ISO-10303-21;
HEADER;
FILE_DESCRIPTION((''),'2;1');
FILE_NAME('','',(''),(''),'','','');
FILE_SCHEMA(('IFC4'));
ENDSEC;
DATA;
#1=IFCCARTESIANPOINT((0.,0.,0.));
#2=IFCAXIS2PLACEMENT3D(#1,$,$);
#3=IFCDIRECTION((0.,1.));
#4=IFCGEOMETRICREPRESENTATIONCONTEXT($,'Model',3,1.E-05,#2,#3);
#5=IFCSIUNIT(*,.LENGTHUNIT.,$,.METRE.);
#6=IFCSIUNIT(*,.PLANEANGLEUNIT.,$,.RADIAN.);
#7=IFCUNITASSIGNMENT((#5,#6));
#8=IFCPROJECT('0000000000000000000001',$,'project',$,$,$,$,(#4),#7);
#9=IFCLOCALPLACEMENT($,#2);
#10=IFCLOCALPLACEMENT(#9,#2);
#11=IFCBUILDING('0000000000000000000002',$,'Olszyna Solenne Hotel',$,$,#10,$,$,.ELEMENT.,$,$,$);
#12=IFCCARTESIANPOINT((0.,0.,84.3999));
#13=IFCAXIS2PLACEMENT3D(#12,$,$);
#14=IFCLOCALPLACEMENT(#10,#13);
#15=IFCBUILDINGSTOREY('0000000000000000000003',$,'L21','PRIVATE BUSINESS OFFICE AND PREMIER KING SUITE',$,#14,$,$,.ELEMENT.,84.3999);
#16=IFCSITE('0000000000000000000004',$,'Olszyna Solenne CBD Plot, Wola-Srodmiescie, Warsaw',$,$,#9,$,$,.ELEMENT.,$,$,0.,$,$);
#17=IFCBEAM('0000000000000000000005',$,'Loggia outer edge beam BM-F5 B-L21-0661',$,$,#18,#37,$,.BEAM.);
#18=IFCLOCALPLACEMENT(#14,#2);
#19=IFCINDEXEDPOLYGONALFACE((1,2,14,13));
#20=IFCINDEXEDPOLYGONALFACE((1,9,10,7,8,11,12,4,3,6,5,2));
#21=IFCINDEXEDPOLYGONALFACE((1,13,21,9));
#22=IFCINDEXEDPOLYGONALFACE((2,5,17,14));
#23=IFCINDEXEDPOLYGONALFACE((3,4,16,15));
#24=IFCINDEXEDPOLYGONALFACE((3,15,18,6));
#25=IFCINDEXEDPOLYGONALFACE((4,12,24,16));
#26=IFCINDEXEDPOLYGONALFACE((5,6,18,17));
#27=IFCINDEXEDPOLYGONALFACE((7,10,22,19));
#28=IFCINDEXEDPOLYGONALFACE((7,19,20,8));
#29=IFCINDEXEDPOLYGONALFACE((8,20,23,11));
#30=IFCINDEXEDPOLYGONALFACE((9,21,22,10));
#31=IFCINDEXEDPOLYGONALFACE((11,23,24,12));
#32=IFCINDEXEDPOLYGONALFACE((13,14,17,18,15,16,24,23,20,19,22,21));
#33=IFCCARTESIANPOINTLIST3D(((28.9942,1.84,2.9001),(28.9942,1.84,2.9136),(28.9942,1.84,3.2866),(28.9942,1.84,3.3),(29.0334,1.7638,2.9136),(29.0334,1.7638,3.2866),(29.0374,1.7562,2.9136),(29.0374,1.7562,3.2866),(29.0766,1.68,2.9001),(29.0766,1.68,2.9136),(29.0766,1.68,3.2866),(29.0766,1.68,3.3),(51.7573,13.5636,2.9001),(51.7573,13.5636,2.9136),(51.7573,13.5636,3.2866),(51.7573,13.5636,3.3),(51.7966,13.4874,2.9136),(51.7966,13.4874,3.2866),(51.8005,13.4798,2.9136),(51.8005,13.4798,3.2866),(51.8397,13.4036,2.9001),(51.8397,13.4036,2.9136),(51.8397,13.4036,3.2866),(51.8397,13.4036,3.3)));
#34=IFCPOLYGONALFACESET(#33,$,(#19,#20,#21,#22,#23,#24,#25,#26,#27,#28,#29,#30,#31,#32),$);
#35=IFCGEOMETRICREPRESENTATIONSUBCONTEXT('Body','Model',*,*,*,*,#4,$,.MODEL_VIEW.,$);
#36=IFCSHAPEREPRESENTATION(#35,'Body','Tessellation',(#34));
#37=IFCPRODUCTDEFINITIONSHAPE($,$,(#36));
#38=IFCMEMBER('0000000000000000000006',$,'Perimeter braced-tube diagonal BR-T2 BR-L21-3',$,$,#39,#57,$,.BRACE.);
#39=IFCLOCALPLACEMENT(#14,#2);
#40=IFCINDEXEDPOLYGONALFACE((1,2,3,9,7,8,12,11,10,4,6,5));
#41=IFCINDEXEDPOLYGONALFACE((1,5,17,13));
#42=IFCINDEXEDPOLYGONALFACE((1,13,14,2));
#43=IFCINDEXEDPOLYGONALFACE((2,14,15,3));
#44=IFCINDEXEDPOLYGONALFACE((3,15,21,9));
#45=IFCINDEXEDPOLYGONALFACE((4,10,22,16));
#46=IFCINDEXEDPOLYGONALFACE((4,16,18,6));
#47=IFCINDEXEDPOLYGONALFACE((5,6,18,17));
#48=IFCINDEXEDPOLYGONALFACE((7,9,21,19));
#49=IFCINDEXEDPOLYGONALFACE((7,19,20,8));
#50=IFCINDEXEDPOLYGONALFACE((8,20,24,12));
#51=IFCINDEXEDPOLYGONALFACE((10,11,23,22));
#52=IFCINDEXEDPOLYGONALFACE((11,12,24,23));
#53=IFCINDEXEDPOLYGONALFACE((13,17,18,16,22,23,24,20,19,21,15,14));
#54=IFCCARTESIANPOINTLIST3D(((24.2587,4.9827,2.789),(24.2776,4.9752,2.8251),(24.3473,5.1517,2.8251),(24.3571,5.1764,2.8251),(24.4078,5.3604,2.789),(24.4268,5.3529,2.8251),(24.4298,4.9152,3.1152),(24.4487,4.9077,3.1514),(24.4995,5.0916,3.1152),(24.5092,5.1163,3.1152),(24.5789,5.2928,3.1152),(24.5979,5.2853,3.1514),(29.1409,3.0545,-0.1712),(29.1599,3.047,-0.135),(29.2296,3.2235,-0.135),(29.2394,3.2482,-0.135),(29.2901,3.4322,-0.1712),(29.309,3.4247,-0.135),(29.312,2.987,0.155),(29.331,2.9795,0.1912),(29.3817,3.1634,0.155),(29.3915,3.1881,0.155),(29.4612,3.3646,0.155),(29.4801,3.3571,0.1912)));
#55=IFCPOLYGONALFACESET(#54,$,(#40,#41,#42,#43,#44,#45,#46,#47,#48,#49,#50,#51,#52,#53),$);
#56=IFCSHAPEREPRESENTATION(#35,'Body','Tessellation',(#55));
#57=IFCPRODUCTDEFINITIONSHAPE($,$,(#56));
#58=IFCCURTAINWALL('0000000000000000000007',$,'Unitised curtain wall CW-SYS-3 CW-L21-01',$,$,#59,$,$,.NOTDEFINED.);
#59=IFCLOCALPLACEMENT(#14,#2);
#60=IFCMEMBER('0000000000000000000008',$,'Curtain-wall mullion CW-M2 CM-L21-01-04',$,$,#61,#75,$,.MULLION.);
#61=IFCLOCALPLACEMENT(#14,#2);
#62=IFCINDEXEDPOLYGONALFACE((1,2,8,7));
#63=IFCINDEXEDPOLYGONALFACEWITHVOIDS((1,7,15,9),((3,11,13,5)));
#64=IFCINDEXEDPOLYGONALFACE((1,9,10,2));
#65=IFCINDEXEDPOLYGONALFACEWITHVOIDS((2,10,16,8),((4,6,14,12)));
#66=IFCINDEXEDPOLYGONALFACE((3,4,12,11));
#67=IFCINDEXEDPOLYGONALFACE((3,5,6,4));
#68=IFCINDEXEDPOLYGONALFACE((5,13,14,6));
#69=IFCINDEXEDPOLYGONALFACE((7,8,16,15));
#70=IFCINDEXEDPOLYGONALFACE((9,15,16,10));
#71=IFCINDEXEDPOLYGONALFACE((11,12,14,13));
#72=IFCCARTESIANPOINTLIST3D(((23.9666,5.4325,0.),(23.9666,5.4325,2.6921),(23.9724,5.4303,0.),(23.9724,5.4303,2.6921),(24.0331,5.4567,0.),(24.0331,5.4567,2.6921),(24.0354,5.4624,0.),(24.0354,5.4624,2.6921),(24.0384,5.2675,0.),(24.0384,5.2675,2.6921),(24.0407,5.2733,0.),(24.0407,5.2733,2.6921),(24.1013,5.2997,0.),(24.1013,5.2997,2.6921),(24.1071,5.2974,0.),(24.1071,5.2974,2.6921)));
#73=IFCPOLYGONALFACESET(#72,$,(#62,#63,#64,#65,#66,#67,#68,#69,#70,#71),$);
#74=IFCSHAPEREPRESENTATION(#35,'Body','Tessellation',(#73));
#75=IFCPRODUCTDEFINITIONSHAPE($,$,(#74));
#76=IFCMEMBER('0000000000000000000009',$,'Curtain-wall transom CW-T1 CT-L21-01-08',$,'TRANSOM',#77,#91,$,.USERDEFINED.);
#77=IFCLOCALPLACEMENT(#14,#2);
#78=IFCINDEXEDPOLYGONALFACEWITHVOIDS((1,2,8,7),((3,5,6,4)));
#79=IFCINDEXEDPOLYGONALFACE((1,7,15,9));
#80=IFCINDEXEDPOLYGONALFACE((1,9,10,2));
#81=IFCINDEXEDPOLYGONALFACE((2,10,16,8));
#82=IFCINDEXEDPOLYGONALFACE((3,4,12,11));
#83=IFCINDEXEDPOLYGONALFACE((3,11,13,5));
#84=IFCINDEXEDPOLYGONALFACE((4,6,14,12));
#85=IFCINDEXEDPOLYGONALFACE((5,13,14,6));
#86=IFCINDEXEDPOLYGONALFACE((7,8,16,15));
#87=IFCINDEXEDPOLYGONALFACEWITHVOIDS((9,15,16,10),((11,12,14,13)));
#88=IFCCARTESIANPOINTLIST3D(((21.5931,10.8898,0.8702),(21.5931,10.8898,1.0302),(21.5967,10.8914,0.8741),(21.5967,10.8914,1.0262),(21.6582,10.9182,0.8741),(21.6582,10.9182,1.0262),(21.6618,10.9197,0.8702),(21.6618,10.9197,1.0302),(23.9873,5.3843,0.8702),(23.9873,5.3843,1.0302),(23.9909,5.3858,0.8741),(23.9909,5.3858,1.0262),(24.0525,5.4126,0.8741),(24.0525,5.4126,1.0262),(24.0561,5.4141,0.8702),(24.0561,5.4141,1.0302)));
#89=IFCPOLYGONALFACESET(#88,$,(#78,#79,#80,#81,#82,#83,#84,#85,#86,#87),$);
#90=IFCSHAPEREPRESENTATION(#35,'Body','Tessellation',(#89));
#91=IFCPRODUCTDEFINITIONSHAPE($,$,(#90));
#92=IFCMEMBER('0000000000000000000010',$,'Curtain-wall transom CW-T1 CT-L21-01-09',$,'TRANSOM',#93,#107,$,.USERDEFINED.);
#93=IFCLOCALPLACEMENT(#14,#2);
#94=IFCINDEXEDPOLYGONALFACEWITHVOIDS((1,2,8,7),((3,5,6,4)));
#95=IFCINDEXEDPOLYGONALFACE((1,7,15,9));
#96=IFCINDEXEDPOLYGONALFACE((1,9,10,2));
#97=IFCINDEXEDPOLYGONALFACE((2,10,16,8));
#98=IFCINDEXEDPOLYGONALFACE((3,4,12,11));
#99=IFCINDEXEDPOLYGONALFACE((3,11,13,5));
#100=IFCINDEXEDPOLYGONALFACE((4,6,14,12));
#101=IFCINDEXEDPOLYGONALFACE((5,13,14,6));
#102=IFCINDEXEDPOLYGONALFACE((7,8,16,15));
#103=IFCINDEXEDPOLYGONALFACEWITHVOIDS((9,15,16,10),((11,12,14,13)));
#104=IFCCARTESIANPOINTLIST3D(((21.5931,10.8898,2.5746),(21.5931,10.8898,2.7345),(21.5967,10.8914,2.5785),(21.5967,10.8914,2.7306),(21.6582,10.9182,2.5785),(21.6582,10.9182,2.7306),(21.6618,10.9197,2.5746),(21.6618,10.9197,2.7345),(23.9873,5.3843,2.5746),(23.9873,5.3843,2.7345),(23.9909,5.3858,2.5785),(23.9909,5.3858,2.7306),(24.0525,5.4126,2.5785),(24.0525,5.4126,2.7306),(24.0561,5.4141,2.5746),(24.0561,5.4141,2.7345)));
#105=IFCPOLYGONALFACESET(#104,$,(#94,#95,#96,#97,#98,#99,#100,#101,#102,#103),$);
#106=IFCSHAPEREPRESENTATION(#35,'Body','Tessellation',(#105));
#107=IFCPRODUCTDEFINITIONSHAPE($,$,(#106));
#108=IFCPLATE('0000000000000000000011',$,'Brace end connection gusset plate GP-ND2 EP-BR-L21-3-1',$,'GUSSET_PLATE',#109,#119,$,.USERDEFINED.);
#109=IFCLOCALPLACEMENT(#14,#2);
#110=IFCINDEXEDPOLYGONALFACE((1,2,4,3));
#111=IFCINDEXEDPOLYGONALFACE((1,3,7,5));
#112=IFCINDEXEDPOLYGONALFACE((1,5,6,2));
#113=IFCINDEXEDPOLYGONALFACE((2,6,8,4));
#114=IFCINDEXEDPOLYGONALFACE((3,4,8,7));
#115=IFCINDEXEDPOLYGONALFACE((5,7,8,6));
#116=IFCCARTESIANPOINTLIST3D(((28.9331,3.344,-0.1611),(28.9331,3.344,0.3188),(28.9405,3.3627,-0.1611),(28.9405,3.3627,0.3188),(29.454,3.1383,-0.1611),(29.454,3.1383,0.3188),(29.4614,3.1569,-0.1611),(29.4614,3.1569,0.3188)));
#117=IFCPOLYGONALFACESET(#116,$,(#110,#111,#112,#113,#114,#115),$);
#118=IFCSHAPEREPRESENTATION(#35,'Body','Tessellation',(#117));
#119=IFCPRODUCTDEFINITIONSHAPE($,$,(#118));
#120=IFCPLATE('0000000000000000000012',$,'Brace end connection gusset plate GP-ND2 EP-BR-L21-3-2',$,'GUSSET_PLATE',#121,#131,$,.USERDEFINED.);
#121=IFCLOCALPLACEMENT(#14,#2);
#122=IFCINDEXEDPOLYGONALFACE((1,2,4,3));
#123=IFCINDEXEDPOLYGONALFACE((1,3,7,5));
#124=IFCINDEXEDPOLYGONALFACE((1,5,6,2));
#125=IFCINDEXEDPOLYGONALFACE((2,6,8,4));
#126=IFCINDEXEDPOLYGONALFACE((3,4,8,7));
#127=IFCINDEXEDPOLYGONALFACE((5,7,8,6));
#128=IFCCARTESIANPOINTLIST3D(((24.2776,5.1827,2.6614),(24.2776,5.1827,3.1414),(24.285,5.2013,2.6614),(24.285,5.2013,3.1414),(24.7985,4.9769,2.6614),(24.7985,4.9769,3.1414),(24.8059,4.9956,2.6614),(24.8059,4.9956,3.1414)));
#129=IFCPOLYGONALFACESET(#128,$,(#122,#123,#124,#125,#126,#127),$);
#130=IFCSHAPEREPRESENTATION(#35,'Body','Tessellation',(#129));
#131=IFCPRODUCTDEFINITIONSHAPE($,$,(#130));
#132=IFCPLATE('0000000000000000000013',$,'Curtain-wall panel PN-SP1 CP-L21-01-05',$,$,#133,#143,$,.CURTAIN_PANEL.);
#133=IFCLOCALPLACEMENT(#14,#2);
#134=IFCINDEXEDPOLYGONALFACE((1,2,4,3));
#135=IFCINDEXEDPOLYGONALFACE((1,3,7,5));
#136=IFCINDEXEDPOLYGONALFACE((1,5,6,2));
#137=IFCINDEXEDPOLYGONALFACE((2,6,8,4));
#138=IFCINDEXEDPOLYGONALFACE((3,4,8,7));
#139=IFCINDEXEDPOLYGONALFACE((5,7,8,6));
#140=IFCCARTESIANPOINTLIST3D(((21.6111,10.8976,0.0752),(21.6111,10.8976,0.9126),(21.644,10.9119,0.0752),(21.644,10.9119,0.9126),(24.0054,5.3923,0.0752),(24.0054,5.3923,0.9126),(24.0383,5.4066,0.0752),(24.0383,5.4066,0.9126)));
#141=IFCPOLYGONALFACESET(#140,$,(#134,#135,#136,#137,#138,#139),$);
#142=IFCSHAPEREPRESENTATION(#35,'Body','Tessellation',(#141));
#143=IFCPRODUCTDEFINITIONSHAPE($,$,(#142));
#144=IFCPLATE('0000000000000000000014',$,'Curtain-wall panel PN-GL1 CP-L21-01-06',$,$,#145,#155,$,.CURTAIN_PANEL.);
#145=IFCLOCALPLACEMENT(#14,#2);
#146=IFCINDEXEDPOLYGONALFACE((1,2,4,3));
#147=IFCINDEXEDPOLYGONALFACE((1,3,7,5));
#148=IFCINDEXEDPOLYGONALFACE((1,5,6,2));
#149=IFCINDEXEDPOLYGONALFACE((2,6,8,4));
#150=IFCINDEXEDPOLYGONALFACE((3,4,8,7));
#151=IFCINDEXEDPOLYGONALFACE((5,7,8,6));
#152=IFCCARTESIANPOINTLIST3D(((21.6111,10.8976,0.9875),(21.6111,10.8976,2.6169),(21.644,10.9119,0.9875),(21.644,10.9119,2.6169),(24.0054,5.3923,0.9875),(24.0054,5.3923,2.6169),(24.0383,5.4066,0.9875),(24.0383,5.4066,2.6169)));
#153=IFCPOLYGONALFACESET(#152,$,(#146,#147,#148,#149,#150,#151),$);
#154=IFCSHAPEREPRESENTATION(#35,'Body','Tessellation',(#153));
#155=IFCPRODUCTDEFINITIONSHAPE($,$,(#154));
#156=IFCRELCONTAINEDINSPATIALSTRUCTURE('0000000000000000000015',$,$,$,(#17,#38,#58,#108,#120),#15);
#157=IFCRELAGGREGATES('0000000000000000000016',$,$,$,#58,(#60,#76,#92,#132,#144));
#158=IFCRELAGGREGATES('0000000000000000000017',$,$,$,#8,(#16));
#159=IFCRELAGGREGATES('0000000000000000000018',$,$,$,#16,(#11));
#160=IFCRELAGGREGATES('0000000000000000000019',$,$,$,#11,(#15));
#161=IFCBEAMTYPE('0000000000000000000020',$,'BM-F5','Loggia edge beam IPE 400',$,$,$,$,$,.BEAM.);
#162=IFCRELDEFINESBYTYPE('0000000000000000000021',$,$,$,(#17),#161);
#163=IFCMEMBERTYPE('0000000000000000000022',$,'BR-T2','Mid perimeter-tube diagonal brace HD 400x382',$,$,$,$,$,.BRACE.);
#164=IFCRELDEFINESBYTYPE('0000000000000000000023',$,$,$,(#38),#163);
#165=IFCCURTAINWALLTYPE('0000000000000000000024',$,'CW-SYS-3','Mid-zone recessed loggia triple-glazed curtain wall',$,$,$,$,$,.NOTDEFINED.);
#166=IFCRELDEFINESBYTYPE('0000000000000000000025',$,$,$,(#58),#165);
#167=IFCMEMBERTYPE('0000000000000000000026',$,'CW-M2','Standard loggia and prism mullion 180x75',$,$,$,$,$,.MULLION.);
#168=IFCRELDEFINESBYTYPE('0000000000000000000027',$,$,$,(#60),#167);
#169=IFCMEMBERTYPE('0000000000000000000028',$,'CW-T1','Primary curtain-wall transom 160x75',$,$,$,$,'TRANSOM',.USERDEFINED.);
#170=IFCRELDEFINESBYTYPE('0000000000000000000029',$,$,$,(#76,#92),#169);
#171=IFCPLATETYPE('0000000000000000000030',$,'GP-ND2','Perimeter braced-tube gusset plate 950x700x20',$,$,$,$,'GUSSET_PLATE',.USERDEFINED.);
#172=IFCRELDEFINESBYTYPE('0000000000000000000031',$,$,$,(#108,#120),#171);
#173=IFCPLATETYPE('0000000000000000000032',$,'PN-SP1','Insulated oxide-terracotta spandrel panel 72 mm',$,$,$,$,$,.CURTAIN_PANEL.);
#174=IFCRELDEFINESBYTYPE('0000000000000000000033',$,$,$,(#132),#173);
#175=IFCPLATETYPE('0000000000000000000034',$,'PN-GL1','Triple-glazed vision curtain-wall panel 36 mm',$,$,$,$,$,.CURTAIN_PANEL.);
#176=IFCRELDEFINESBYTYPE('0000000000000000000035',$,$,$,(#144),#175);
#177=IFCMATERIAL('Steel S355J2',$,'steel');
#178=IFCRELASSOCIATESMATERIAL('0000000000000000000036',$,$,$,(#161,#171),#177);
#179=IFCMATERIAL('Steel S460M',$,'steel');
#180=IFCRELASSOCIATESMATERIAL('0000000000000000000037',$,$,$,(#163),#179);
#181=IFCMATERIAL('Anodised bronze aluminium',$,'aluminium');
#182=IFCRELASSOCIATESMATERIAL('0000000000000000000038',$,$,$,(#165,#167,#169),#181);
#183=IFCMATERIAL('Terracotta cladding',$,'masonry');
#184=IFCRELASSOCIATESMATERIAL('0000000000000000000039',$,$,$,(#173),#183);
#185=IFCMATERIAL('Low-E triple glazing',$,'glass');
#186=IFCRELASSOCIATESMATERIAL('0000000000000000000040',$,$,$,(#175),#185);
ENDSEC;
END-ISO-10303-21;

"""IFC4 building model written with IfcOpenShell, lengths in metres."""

from ifc_helpers import new_model, si_unit, direction, frame, origin, origin_2d, place, context, subcontext, project, spatial, rectangle, hollow_rectangle, i_section, extrude, source, transform, mapped, material, material_profile, profile_set, type_object, element, aggregate, save


model = new_model("IFC4")

# Units and contexts
model_context = context("Model", 3, precision=1e-05, world=origin(), true_north=direction((0.0, 1.0)))
body_context = subcontext(model_context, "Body", "Model", "MODEL_VIEW")
ifc_project = project(units=[si_unit("LENGTHUNIT", "METRE"), si_unit("PLANEANGLEUNIT", "RADIAN")], contexts=[model_context])

# Site, building, storey
site_placement = place(None, origin())
site = spatial("IfcSite", under=ifc_project, at=site_placement, Name="Olszyna Solenne CBD Plot, Wola-Srodmiescie, Warsaw", CompositionType="ELEMENT", RefElevation=0.0)
building_placement = place(site_placement, origin())
building = spatial("IfcBuilding", under=site, at=building_placement, Name="Olszyna Solenne Hotel", CompositionType="ELEMENT")
storey_placement = place(building_placement, frame((0.0, 0.0, 84.3999)))
storey = spatial("IfcBuildingStorey", under=building, at=storey_placement, Name="L21", Description="PRIVATE BUSINESS OFFICE AND PREMIER KING SUITE", CompositionType="ELEMENT", Elevation=84.3999)

# Shared definitions
ifc_material_1 = material(Name="Steel S460M", Category="steel")

# Beam
ifc_material_2 = material(Name="Steel S355J2", Category="steel")
ifc_material_profile_1 = material_profile(ifc_material_2, i_section(OverallWidth=0.1799, OverallDepth=0.3999, WebThickness=0.0085, FlangeThickness=0.0134, at=origin_2d()), Name="IPE 400", Category="load-bearing")
ifc_profile_set_1 = profile_set([ifc_material_profile_1], Name="Steel S355J2")
beam_type_1 = type_object("IfcBeamType", Name="BM-F5", Description="Loggia edge beam IPE 400", PredefinedType="BEAM", material=ifc_profile_set_1)
shared_shape_1 = source(origin(), body_context, "Body", "SweptSolid", [
    extrude(i_section(OverallWidth=0.1799, OverallDepth=0.3999, WebThickness=0.0085, FlangeThickness=0.0134, at=origin_2d()), origin(), (0.0, 0.0, 1.0), 25.6047),
])
beam_1_placement = place(storey_placement, frame((29.0354, 1.76, 3.1001), z_axis=(0.88902, 0.457868, 0.0), x_axis=(-0.457868, 0.88902, 0.0)))
element("IfcBeam", 1, at=beam_1_placement, inside=storey, type_object=beam_type_1, Name="Loggia outer edge beam BM-F5 B-L21-0661", PredefinedType="BEAM", context=body_context, shape_type="MappedRepresentation", body=[
    mapped(shared_shape_1, transform((0.0, 0.0, 0.0), x_axis=(1.0, 0.0, 0.0), y_axis=(0.0, 1.0, 0.0), z_axis=(0.0, 0.0, 1.0), scale=1.0)),
])

# Member
ifc_material_profile_2 = material_profile(ifc_material_1, i_section(OverallWidth=0.406, OverallDepth=0.416, WebThickness=0.0266, FlangeThickness=0.0415, at=origin_2d()), Name="HD 400x382", Category="load-bearing")
ifc_profile_set_2 = profile_set([ifc_material_profile_2], Name="Steel S460M")
member_type_1 = type_object("IfcMemberType", Name="BR-T2", Description="Mid perimeter-tube diagonal brace HD 400x382", PredefinedType="BRACE", material=ifc_profile_set_2)
shared_shape_2 = source(origin(), body_context, "Body", "SweptSolid", [
    extrude(i_section(OverallWidth=0.406, OverallDepth=0.416, WebThickness=0.0266, FlangeThickness=0.0415, at=origin_2d()), origin(), (0.0, 0.0, 1.0), 6.0264),
])
member_1_placement = place(storey_placement, frame((29.3105, 3.2058, 0.01), z_axis=(-0.810151, 0.319961, 0.491203), x_axis=(-0.36733, -0.930091, 0.0)))
element("IfcMember", 2, at=member_1_placement, inside=storey, type_object=member_type_1, Name="Perimeter braced-tube diagonal BR-T2 BR-L21-3", PredefinedType="BRACE", context=body_context, shape_type="MappedRepresentation", body=[
    mapped(shared_shape_2, transform((0.0, 0.0, 0.0), x_axis=(1.0, 0.0, 0.0), y_axis=(0.0, 1.0, 0.0), z_axis=(0.0, 0.0, 1.0), scale=1.0)),
])

# Curtain wall, members
ifc_material_3 = material(Name="Anodised bronze aluminium", Category="aluminium")
curtain_wall_type = type_object("IfcCurtainWallType", Name="CW-SYS-3", Description="Mid-zone recessed loggia triple-glazed curtain wall", PredefinedType="NOTDEFINED", material=ifc_material_3)
curtain_wall_placement = place(storey_placement, origin())
curtain_wall = element("IfcCurtainWall", 3, at=curtain_wall_placement, inside=storey, type_object=curtain_wall_type, Name="Unitised curtain wall CW-SYS-3 CW-L21-01", PredefinedType="NOTDEFINED")
ifc_material_profile_3 = material_profile(ifc_material_3, hollow_rectangle(XDim=0.075, YDim=0.1799, WallThickness=0.0044, at=origin_2d()), Name="MULL 180x75x4.5", Category="load-bearing")
ifc_profile_set_3 = profile_set([ifc_material_profile_3], Name="Anodised bronze aluminium")
member_type_2 = type_object("IfcMemberType", Name="CW-M2", Description="Standard loggia and prism mullion 180x75", PredefinedType="MULLION", material=ifc_profile_set_3)
shared_shape_3 = source(origin(), body_context, "Body", "SweptSolid", [
    extrude(hollow_rectangle(XDim=0.075, YDim=0.1799, WallThickness=0.0044, at=origin_2d()), origin(), (0.0, 0.0, 1.0), 2.6921),
])
member_2_placement = place(storey_placement, frame((24.0369, 5.365, 0.0), z_axis=(0.0, 0.0, 1.0), x_axis=(0.917031, 0.398817, 0.0)))
member_2 = element("IfcMember", 4, at=member_2_placement, type_object=member_type_2, Name="Curtain-wall mullion CW-M2 CM-L21-01-04", PredefinedType="MULLION", context=body_context, shape_type="MappedRepresentation", body=[
    mapped(shared_shape_3, transform((0.0, 0.0, 0.0), x_axis=(1.0, 0.0, 0.0), y_axis=(0.0, 1.0, 0.0), z_axis=(0.0, 0.0, 1.0), scale=1.0)),
])
ifc_material_profile_4 = material_profile(ifc_material_3, hollow_rectangle(XDim=0.075, YDim=0.1599, WallThickness=0.0039, at=origin_2d()), Name="TRAN 160x75x4", Category="load-bearing")
ifc_profile_set_4 = profile_set([ifc_material_profile_4], Name="Anodised bronze aluminium")
member_type_3 = type_object("IfcMemberType", Name="CW-T1", Description="Primary curtain-wall transom 160x75", ElementType="TRANSOM", PredefinedType="USERDEFINED", material=ifc_profile_set_4)
shared_shape_4 = source(origin(), body_context, "Body", "SweptSolid", [
    extrude(hollow_rectangle(XDim=0.075, YDim=0.1599, WallThickness=0.0039, at=origin_2d()), origin(), (0.0, 0.0, 1.0), 6.0037),
])
member_3_placement = place(storey_placement, frame((21.6274, 10.9048, 0.9502), z_axis=(0.398802, -0.917037, 0.0), x_axis=(0.917037, 0.398802, 0.0)))
member_3 = element("IfcMember", 5, at=member_3_placement, type_object=member_type_3, Name="Curtain-wall transom CW-T1 CT-L21-01-08", ObjectType="TRANSOM", PredefinedType="USERDEFINED", context=body_context, shape_type="MappedRepresentation", body=[
    mapped(shared_shape_4, transform((0.0, 0.0, 0.0), x_axis=(1.0, 0.0, 0.0), y_axis=(0.0, 1.0, 0.0), z_axis=(0.0, 0.0, 1.0), scale=1.0)),
])
member_4_placement = place(storey_placement, frame((21.6274, 10.9048, 2.6545), z_axis=(0.398802, -0.917037, 0.0), x_axis=(0.917037, 0.398802, 0.0)))
member_4 = element("IfcMember", 6, at=member_4_placement, type_object=member_type_3, Name="Curtain-wall transom CW-T1 CT-L21-01-09", ObjectType="TRANSOM", PredefinedType="USERDEFINED", context=body_context, shape_type="MappedRepresentation", body=[
    mapped(shared_shape_4, transform((0.0, 0.0, 0.0), x_axis=(1.0, 0.0, 0.0), y_axis=(0.0, 1.0, 0.0), z_axis=(0.0, 0.0, 1.0), scale=1.0)),
])

# Plates
plate_type_1 = type_object("IfcPlateType", Name="GP-ND2", Description="Perimeter braced-tube gusset plate 950x700x20", ElementType="GUSSET_PLATE", PredefinedType="USERDEFINED", material=ifc_material_2)
shared_shape_5 = source(origin(), body_context, "Body", "SweptSolid", [
    extrude(rectangle(XDim=0.5601, YDim=0.02, at=origin_2d()), origin(), (0.0, 0.0, 1.0), 0.48),
])
for number, where, z_axis, x_axis, name in (
    (7, (29.1973, 3.2505, -0.1611), (0.0, 0.0, 1.0), (-0.930097, 0.367313, 0.0), "Brace end connection gusset plate GP-ND2 EP-BR-L21-3-1"),
    (8, (24.5417, 5.0891, 2.6614), (0.0, 0.0, 1.0), (-0.930097, 0.367313, 0.0), "Brace end connection gusset plate GP-ND2 EP-BR-L21-3-2"),
):
    element("IfcPlate", number, at=place(storey_placement, frame(where, z_axis=z_axis, x_axis=x_axis)), inside=storey, type_object=plate_type_1, Name=name, ObjectType="GUSSET_PLATE", PredefinedType="USERDEFINED", context=body_context, shape_type="MappedRepresentation", body=[
        mapped(shared_shape_5, transform((0.0, 0.0, 0.0), x_axis=(1.0, 0.0, 0.0), y_axis=(0.0, 1.0, 0.0), z_axis=(0.0, 0.0, 1.0), scale=1.0)),
    ])

# Plates
ifc_material_4 = material(Name="Terracotta cladding", Category="masonry")
plate_type_2 = type_object("IfcPlateType", Name="PN-SP1", Description="Insulated oxide-terracotta spandrel panel 72 mm", PredefinedType="CURTAIN_PANEL", material=ifc_material_4)
shared_shape_6 = source(origin(), body_context, "Body", "SweptSolid", [
    extrude(rectangle(XDim=6.0034, YDim=0.0359, at=origin_2d()), origin(), (0.0, 0.0, 1.0), 0.8374),
])
plate_1_placement = place(storey_placement, frame((22.8247, 8.1521, 0.0752), z_axis=(0.0, 0.0, 1.0), x_axis=(0.398817, -0.917031, 0.0)))
plate_1 = element("IfcPlate", 9, at=plate_1_placement, type_object=plate_type_2, Name="Curtain-wall panel PN-SP1 CP-L21-01-05", PredefinedType="CURTAIN_PANEL", context=body_context, shape_type="MappedRepresentation", body=[
    mapped(shared_shape_6, transform((0.0, 0.0, 0.0), x_axis=(1.0, 0.0, 0.0), y_axis=(0.0, 1.0, 0.0), z_axis=(0.0, 0.0, 1.0), scale=1.0)),
])
ifc_material_5 = material(Name="Low-E triple glazing", Category="glass")
plate_type_3 = type_object("IfcPlateType", Name="PN-GL1", Description="Triple-glazed vision curtain-wall panel 36 mm", PredefinedType="CURTAIN_PANEL", material=ifc_material_5)
shared_shape_7 = source(origin(), body_context, "Body", "SweptSolid", [
    extrude(rectangle(XDim=6.0034, YDim=0.0359, at=origin_2d()), origin(), (0.0, 0.0, 1.0), 1.6294),
])
plate_2_placement = place(storey_placement, frame((22.8247, 8.1521, 0.9875), z_axis=(0.0, 0.0, 1.0), x_axis=(0.398817, -0.917031, 0.0)))
plate_2 = element("IfcPlate", 10, at=plate_2_placement, type_object=plate_type_3, Name="Curtain-wall panel PN-GL1 CP-L21-01-06", PredefinedType="CURTAIN_PANEL", context=body_context, shape_type="MappedRepresentation", body=[
    mapped(shared_shape_7, transform((0.0, 0.0, 0.0), x_axis=(1.0, 0.0, 0.0), y_axis=(0.0, 1.0, 0.0), z_axis=(0.0, 0.0, 1.0), scale=1.0)),
])
aggregate(curtain_wall, [member_2, member_3, member_4, plate_1, plate_2])

save(model, "model.ifc")
